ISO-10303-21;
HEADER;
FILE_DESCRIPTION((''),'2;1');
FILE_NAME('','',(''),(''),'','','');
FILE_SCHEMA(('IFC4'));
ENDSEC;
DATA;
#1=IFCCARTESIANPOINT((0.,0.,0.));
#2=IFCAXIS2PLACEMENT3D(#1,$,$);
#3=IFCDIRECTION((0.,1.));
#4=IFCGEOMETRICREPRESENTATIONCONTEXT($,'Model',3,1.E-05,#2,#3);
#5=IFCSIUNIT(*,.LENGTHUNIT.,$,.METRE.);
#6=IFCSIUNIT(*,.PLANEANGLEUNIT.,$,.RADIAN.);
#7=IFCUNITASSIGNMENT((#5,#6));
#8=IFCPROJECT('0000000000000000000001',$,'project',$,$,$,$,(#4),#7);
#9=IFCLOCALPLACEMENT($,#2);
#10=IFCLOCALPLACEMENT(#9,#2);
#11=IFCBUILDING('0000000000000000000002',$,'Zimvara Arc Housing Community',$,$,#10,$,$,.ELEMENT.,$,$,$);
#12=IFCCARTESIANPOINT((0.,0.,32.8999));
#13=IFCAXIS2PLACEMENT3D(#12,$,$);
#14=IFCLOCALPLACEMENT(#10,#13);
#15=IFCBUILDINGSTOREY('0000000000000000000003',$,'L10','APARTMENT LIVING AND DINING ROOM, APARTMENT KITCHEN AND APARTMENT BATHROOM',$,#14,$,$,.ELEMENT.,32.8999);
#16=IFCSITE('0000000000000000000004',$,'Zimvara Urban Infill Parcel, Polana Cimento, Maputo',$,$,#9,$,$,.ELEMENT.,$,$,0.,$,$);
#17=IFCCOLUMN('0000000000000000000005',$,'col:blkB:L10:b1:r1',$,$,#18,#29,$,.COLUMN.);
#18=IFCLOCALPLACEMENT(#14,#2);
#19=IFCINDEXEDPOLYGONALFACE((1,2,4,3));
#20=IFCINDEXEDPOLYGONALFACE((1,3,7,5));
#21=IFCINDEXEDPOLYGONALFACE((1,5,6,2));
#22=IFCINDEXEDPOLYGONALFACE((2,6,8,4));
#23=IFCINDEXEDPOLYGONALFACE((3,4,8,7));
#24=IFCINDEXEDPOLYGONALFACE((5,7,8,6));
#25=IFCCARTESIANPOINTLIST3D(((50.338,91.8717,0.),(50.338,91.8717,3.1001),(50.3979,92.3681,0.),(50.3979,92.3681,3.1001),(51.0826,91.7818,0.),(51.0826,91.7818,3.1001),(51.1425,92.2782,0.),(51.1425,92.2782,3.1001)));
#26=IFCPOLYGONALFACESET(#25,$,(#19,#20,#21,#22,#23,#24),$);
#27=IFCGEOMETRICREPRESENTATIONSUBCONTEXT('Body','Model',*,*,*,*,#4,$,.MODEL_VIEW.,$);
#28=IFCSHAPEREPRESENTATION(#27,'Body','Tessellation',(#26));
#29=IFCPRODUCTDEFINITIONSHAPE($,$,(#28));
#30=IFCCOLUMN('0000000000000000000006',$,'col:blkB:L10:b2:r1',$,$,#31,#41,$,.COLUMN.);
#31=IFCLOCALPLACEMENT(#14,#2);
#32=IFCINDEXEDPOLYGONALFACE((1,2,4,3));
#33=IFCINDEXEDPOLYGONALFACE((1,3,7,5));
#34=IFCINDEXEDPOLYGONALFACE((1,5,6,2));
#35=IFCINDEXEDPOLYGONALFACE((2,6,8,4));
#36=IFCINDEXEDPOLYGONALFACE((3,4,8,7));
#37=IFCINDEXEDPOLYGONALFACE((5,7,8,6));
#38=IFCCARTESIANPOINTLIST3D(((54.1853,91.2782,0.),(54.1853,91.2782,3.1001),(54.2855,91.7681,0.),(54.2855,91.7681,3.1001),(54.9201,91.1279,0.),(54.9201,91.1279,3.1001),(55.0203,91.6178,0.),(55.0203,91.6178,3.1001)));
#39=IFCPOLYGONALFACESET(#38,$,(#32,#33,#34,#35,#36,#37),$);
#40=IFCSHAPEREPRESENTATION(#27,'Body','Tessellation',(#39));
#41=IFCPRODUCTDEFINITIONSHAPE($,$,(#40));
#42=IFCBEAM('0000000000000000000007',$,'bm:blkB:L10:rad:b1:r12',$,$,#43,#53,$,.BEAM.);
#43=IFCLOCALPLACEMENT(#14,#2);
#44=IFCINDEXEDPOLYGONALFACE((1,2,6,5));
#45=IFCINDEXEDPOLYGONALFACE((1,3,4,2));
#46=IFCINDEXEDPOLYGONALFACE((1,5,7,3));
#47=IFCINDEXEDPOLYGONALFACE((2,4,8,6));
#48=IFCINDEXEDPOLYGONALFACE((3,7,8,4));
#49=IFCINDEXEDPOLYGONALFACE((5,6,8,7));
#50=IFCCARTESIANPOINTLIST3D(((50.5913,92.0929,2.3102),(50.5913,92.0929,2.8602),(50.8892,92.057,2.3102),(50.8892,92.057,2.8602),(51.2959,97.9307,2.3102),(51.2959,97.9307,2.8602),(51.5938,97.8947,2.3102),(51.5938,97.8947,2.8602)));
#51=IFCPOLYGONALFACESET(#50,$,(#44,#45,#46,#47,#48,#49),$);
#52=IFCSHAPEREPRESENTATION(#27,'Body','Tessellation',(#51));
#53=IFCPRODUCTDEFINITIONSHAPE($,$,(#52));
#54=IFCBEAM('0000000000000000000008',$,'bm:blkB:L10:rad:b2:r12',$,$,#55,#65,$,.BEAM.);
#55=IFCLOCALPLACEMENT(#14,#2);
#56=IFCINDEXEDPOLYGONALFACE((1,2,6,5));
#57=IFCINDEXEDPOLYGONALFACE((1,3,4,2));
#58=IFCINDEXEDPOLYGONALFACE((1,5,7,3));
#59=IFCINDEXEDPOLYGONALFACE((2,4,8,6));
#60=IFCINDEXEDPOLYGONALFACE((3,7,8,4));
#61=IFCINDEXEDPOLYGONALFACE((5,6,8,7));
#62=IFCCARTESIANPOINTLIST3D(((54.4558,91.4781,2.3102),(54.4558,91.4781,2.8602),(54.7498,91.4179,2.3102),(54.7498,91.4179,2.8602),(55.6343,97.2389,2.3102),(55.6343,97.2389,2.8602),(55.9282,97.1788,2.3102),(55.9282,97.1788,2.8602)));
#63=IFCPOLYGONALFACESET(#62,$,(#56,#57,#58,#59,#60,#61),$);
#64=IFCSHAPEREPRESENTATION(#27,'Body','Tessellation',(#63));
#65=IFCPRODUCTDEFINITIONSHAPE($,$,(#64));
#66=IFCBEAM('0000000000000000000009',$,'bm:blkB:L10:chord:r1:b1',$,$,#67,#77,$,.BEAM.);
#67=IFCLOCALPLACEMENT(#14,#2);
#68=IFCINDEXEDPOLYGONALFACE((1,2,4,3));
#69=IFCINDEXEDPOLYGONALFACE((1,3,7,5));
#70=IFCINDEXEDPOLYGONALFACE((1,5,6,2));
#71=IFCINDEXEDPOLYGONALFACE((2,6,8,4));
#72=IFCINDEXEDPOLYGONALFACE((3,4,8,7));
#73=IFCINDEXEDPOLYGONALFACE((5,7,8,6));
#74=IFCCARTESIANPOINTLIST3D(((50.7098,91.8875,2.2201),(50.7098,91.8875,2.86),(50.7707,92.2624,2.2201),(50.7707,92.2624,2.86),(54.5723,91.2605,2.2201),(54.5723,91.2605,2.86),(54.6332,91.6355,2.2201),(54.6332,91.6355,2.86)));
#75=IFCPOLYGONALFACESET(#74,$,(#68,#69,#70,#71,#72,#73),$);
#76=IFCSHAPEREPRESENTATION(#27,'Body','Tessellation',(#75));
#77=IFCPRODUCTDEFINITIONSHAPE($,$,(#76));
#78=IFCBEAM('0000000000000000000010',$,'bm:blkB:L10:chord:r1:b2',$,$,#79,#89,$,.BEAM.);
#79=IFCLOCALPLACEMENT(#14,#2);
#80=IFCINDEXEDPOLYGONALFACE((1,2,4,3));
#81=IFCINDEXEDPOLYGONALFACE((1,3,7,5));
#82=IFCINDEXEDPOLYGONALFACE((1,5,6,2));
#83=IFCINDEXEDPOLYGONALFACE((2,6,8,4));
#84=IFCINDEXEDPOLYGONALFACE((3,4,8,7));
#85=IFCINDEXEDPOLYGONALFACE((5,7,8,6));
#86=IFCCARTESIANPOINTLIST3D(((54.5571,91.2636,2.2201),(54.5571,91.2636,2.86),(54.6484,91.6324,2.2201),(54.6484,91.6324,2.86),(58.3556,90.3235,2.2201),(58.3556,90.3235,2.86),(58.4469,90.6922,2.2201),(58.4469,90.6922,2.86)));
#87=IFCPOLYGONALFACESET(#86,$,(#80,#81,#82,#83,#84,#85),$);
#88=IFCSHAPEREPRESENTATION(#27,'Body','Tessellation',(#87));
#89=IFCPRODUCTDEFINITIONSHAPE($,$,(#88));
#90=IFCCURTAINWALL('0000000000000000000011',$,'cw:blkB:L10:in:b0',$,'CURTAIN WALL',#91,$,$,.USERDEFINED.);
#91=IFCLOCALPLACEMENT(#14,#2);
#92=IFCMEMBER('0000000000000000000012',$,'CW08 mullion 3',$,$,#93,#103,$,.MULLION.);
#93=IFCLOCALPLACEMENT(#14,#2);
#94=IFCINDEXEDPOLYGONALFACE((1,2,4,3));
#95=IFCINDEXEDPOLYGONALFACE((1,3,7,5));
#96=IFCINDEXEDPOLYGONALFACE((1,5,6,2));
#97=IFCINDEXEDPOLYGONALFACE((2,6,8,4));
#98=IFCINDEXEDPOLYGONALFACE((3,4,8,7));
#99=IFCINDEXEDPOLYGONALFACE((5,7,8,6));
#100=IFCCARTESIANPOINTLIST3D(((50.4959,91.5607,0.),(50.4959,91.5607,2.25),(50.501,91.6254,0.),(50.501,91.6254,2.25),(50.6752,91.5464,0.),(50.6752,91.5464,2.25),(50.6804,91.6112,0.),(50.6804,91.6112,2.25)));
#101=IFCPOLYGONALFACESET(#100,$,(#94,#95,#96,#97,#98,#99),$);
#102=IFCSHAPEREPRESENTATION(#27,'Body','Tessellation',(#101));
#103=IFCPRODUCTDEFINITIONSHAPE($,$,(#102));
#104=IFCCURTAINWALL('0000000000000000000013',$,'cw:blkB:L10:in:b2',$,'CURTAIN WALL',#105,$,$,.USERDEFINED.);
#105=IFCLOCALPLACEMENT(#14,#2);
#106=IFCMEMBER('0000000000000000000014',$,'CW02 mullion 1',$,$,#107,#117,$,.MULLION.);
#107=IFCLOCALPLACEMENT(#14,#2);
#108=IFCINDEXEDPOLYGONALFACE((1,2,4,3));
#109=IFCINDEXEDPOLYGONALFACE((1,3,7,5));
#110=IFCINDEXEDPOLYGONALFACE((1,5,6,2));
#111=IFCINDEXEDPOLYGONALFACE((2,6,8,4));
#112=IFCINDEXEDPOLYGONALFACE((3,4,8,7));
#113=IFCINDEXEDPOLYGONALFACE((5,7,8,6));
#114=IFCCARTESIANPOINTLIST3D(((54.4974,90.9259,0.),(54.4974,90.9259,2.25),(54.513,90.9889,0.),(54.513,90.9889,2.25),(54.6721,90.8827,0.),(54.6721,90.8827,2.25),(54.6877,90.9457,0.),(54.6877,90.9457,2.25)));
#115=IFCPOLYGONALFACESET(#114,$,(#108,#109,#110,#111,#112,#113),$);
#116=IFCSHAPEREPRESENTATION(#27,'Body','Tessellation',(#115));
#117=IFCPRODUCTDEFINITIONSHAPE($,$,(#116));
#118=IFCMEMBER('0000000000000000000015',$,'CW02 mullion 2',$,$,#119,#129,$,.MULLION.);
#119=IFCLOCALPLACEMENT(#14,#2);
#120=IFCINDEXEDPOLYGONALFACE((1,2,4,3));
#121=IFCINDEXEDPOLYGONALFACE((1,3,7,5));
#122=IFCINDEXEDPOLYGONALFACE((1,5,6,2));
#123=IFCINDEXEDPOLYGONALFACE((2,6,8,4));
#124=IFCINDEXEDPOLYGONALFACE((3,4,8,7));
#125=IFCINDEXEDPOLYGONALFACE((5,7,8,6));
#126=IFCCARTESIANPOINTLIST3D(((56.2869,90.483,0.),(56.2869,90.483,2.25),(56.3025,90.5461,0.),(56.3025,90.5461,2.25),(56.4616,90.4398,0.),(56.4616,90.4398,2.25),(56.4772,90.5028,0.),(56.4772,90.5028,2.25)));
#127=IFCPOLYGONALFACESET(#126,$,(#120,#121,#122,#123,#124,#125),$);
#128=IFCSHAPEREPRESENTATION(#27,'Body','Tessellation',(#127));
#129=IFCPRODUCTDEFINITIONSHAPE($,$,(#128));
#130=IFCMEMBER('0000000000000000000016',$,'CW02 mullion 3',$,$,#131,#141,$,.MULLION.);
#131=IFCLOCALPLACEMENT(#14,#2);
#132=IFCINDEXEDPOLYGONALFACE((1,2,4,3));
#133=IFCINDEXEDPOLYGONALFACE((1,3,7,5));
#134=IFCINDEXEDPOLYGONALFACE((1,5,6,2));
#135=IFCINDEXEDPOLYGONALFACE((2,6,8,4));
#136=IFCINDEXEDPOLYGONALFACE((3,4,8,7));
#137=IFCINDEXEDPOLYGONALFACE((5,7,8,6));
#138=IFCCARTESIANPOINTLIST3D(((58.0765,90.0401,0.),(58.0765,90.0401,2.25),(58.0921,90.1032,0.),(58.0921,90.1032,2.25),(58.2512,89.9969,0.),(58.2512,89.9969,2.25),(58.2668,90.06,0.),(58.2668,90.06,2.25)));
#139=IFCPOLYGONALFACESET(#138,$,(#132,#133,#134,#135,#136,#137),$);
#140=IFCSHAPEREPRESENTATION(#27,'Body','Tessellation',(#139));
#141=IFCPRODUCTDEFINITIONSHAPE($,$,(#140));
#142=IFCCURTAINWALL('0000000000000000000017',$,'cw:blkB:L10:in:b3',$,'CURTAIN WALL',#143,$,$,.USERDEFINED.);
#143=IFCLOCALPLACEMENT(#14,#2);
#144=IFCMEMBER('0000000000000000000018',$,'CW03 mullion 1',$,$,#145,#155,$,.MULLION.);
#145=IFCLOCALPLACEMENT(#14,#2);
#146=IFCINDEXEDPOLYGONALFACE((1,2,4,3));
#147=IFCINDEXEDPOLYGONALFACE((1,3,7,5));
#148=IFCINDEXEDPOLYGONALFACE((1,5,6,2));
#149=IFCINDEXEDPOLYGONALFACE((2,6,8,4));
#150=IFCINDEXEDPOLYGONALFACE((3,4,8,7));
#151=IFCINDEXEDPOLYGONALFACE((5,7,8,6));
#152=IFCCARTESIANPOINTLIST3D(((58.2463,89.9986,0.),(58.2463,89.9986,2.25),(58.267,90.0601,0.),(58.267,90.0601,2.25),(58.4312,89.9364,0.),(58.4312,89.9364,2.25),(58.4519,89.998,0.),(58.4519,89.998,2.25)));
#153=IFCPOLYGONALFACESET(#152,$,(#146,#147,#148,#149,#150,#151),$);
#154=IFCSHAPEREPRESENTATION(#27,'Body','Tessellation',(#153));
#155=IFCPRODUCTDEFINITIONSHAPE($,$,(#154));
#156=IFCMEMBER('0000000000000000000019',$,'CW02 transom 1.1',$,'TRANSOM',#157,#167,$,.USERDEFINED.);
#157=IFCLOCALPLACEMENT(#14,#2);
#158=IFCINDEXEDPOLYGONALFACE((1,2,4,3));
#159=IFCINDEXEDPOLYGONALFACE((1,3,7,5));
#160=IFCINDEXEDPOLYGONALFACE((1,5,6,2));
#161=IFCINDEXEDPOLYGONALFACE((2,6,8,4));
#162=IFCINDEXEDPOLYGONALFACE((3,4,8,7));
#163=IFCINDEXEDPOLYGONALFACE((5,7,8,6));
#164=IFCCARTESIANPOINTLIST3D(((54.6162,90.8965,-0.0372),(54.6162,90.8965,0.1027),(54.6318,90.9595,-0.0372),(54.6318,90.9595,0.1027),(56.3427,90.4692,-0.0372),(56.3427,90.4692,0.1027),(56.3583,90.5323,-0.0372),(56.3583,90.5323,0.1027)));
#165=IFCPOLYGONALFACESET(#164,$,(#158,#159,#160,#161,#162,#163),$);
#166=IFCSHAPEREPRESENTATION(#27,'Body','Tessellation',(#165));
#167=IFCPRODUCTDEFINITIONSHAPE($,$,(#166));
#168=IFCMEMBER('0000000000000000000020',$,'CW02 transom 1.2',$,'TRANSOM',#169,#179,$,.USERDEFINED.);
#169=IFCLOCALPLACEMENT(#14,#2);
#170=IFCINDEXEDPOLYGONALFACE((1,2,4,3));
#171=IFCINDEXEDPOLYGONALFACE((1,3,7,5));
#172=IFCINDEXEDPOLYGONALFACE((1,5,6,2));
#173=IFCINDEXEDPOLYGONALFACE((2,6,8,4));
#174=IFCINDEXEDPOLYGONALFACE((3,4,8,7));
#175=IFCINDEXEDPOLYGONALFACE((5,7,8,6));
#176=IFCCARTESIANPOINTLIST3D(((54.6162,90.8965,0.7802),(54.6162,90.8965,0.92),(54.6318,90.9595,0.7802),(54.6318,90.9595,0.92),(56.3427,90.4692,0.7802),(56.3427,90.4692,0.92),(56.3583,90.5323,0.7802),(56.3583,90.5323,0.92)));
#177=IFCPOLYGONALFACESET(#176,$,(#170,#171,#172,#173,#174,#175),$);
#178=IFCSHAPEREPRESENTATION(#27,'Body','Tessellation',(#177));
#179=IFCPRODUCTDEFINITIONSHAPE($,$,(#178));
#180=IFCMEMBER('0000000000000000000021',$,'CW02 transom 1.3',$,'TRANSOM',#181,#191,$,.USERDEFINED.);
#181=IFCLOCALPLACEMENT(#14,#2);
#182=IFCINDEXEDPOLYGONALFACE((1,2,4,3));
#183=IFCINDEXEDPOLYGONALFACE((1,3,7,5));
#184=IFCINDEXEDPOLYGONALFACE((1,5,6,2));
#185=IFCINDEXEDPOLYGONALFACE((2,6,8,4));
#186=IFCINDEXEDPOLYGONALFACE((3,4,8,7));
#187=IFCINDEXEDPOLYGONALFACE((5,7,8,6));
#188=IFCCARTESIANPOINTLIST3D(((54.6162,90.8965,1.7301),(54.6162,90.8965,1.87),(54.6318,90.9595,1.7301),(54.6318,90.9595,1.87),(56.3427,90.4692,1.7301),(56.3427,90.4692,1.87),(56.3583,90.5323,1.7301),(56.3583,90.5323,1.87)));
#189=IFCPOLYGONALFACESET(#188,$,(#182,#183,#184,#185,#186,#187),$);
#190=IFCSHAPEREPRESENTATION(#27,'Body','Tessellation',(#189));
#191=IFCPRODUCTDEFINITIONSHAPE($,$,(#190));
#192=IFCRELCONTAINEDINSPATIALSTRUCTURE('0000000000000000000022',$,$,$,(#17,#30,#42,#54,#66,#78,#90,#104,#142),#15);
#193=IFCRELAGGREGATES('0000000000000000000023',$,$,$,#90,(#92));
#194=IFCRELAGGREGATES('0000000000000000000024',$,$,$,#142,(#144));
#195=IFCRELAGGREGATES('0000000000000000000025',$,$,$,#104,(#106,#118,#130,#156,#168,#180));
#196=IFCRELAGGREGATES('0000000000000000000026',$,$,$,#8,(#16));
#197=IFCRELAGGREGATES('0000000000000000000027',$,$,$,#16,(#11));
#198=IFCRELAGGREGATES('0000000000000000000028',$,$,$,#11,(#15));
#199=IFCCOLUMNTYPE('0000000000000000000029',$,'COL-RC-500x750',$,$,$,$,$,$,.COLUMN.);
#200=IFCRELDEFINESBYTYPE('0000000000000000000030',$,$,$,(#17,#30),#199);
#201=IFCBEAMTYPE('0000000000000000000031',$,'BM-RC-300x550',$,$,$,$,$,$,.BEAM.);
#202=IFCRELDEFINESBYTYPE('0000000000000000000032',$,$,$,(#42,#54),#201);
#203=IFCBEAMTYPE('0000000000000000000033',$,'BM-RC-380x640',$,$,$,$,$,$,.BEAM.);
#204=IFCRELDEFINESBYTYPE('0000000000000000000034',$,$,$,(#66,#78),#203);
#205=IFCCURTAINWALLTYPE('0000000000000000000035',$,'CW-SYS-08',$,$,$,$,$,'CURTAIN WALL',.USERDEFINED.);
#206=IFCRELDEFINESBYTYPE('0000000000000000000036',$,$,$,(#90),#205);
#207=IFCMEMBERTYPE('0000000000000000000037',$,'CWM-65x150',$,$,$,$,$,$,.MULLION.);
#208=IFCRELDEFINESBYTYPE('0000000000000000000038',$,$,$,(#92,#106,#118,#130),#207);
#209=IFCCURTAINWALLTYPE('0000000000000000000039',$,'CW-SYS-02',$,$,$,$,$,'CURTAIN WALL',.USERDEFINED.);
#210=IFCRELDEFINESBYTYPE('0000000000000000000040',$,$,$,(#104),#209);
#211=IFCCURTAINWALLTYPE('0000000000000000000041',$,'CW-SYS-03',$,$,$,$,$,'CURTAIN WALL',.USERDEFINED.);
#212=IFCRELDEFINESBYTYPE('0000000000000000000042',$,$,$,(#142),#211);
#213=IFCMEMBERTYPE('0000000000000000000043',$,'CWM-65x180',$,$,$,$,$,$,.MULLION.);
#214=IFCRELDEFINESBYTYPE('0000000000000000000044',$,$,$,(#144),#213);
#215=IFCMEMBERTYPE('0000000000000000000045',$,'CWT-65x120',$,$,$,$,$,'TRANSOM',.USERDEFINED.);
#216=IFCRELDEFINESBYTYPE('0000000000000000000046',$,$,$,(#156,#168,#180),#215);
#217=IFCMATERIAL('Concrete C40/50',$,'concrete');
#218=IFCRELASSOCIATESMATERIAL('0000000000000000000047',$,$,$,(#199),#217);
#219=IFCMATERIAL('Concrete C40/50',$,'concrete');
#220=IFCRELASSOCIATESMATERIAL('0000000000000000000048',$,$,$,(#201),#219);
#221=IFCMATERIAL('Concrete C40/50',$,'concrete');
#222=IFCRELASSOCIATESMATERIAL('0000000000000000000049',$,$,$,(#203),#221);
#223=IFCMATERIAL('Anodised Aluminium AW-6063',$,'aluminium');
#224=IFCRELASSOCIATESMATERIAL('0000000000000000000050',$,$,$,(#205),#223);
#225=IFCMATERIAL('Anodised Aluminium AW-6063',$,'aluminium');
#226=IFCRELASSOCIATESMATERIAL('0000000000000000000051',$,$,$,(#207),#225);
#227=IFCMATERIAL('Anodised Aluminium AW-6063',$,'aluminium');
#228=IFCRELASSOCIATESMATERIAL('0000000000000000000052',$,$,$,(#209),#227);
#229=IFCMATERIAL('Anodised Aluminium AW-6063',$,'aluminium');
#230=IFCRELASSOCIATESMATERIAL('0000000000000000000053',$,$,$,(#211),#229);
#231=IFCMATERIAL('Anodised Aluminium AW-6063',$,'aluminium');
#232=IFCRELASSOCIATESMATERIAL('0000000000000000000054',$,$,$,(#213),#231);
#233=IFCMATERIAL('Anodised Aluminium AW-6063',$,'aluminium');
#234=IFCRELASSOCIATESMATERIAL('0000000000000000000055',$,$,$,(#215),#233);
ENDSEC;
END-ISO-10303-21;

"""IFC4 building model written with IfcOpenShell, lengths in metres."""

from ifc_helpers import new_model, si_unit, direction, frame, origin, origin_2d, place, context, subcontext, project, spatial, rectangle, extrude, material, material_profile, profile_set, type_object, element, aggregate, save


model = new_model("IFC4")

# Units and contexts
model_context = context("Model", 3, precision=1e-05, world=origin(), true_north=direction((0.0, 1.0)))
body_context = subcontext(model_context, "Body", "Model", "MODEL_VIEW")
ifc_project = project(units=[si_unit("LENGTHUNIT", "METRE"), si_unit("PLANEANGLEUNIT", "RADIAN")], contexts=[model_context])

# Site, building, storey
site_placement = place(None, origin())
site = spatial("IfcSite", under=ifc_project, at=site_placement, Name="Zimvara Urban Infill Parcel, Polana Cimento, Maputo", CompositionType="ELEMENT", RefElevation=0.0)
building_placement = place(site_placement, origin())
building = spatial("IfcBuilding", under=site, at=building_placement, Name="Zimvara Arc Housing Community", CompositionType="ELEMENT")
storey_placement = place(building_placement, frame((0.0, 0.0, 32.8999)))
storey = spatial("IfcBuildingStorey", under=building, at=storey_placement, Name="L10", Description="APARTMENT LIVING AND DINING ROOM, APARTMENT KITCHEN AND APARTMENT BATHROOM", CompositionType="ELEMENT", Elevation=32.8999)

# Columns
ifc_material_1 = material(Name="Concrete C40/50", Category="concrete")
ifc_material_profile_1 = material_profile(ifc_material_1, rectangle(XDim=0.5, YDim=0.75, at=origin_2d()), Name="RC 500x750")
ifc_profile_set_1 = profile_set([ifc_material_profile_1], Name="Concrete C40/50")
column_type = type_object("IfcColumnType", Name="COL-RC-500x750", PredefinedType="COLUMN", material=ifc_profile_set_1)
for number, where, z_axis, x_axis, name in (
    (1, (50.7402, 92.075, 0.0), (0.0, 0.0, 1.0), (0.11979, 0.992799, 0.0), "col:blkB:L10:b1:r1"),
    (2, (54.6028, 91.448, 0.0), (0.0, 0.0, 1.0), (0.200394, 0.979715, 0.0), "col:blkB:L10:b2:r1"),
):
    element("IfcColumn", number, at=place(storey_placement, frame(where, z_axis=z_axis, x_axis=x_axis)), inside=storey, type_object=column_type, Name=name, PredefinedType="COLUMN", context=body_context, shape_type="SweptSolid", body=[
        extrude(rectangle(XDim=0.5, YDim=0.75, at=origin_2d()), origin(), (0.0, 0.0, 1.0), 3.1001),
    ])

# Beams
ifc_material_2 = material(Name="Concrete C40/50", Category="concrete")
ifc_material_profile_2 = material_profile(ifc_material_2, rectangle(XDim=0.3, YDim=0.55, at=origin_2d()), Name="RC 300x550")
ifc_profile_set_2 = profile_set([ifc_material_profile_2], Name="Concrete C40/50")
beam_type_1 = type_object("IfcBeamType", Name="BM-RC-300x550", PredefinedType="BEAM", material=ifc_profile_set_2)
for number, where, z_axis, x_axis, name in (
    (3, (50.7402, 92.075, 2.5852), (0.119828, 0.992795, 0.0), (-0.992795, 0.119828, 0.0), "bm:blkB:L10:rad:b1:r12"),
    (4, (54.6028, 91.448, 2.5852), (0.200418, 0.97971, 0.0), (-0.97971, 0.200418, 0.0), "bm:blkB:L10:rad:b2:r12"),
):
    element("IfcBeam", number, at=place(storey_placement, frame(where, z_axis=z_axis, x_axis=x_axis)), inside=storey, type_object=beam_type_1, Name=name, PredefinedType="BEAM", context=body_context, shape_type="SweptSolid", body=[
        extrude(rectangle(XDim=0.3, YDim=0.55, at=origin_2d()), origin(), (0.0, 0.0, 1.0), 5.8801),
    ])
ifc_material_3 = material(Name="Concrete C40/50", Category="concrete")
ifc_material_profile_3 = material_profile(ifc_material_3, rectangle(XDim=0.3799, YDim=0.6399, at=origin_2d()), Name="RC 380x640")
ifc_profile_set_3 = profile_set([ifc_material_profile_3], Name="Concrete C40/50")
beam_type_2 = type_object("IfcBeamType", Name="BM-RC-380x640", PredefinedType="BEAM", material=ifc_profile_set_3)
for number, where, z_axis, x_axis, name in (
    (5, (50.7402, 92.075, 2.54), (0.987081, -0.160219, 0.0), (0.160219, 0.987081, 0.0), "bm:blkB:L10:chord:r1:b1"),
    (6, (54.6028, 91.448, 2.54), (0.970709, -0.24026, 0.0), (0.24026, 0.970709, 0.0), "bm:blkB:L10:chord:r1:b2"),
):
    element("IfcBeam", number, at=place(storey_placement, frame(where, z_axis=z_axis, x_axis=x_axis)), inside=storey, type_object=beam_type_2, Name=name, PredefinedType="BEAM", context=body_context, shape_type="SweptSolid", body=[
        extrude(rectangle(XDim=0.3799, YDim=0.6399, at=origin_2d()), origin(), (0.0, 0.0, 1.0), 3.9131),
    ])

# Curtain wall, member
ifc_material_4 = material(Name="Anodised Aluminium AW-6063", Category="aluminium")
curtain_wall_type_1 = type_object("IfcCurtainWallType", Name="CW-SYS-08", ElementType="CURTAIN WALL", PredefinedType="USERDEFINED", material=ifc_material_4)
curtain_wall_1_placement = place(storey_placement, origin())
curtain_wall_1 = element("IfcCurtainWall", 7, at=curtain_wall_1_placement, inside=storey, type_object=curtain_wall_type_1, Name="cw:blkB:L10:in:b0", ObjectType="CURTAIN WALL", PredefinedType="USERDEFINED")
ifc_material_5 = material(Name="Anodised Aluminium AW-6063", Category="aluminium")
ifc_material_profile_4 = material_profile(ifc_material_5, rectangle(XDim=0.0649, YDim=0.1799, at=origin_2d()), Name="ALU 65x180")
ifc_profile_set_4 = profile_set([ifc_material_profile_4], Name="Anodised Aluminium AW-6063")
member_type_1 = type_object("IfcMemberType", Name="CWM-65x150", PredefinedType="MULLION", material=ifc_profile_set_4)
member_1_placement = place(storey_placement, frame((50.5881, 91.5859, 0.0), z_axis=(0.0, 0.0, 1.0), x_axis=(0.079155, 0.996862, 0.0)))
member_1 = element("IfcMember", 8, at=member_1_placement, type_object=member_type_1, Name="CW08 mullion 3", PredefinedType="MULLION", context=body_context, shape_type="SweptSolid", body=[
    extrude(rectangle(XDim=0.0649, YDim=0.1799, at=origin_2d()), origin(), (0.0, 0.0, 1.0), 2.25),
])
aggregate(curtain_wall_1, [member_1])

# Curtain wall, members
ifc_material_6 = material(Name="Anodised Aluminium AW-6063", Category="aluminium")
curtain_wall_type_2 = type_object("IfcCurtainWallType", Name="CW-SYS-02", ElementType="CURTAIN WALL", PredefinedType="USERDEFINED", material=ifc_material_6)
curtain_wall_2_placement = place(storey_placement, origin())
curtain_wall_2 = element("IfcCurtainWall", 9, at=curtain_wall_2_placement, inside=storey, type_object=curtain_wall_type_2, Name="cw:blkB:L10:in:b2", ObjectType="CURTAIN WALL", PredefinedType="USERDEFINED")
member_2_placement = place(storey_placement, frame((54.5925, 90.9358, 0.0), z_axis=(0.0, 0.0, 1.0), x_axis=(0.240229, 0.970716, 0.0)))
member_2 = element("IfcMember", 10, at=member_2_placement, type_object=member_type_1, Name="CW02 mullion 1", PredefinedType="MULLION", context=body_context, shape_type="SweptSolid", body=[
    extrude(rectangle(XDim=0.0649, YDim=0.1799, at=origin_2d()), origin(), (0.0, 0.0, 1.0), 2.25),
])
member_3_placement = place(storey_placement, frame((56.3821, 90.4929, 0.0), z_axis=(0.0, 0.0, 1.0), x_axis=(0.240229, 0.970716, 0.0)))
member_3 = element("IfcMember", 11, at=member_3_placement, type_object=member_type_1, Name="CW02 mullion 2", PredefinedType="MULLION", context=body_context, shape_type="SweptSolid", body=[
    extrude(rectangle(XDim=0.0649, YDim=0.1799, at=origin_2d()), origin(), (0.0, 0.0, 1.0), 2.25),
])
member_4_placement = place(storey_placement, frame((58.1716, 90.05, 0.0), z_axis=(0.0, 0.0, 1.0), x_axis=(0.240229, 0.970716, 0.0)))
member_4 = element("IfcMember", 12, at=member_4_placement, type_object=member_type_1, Name="CW02 mullion 3", PredefinedType="MULLION", context=body_context, shape_type="SweptSolid", body=[
    extrude(rectangle(XDim=0.0649, YDim=0.1799, at=origin_2d()), origin(), (0.0, 0.0, 1.0), 2.25),
])

# Curtain wall, member
ifc_material_7 = material(Name="Anodised Aluminium AW-6063", Category="aluminium")
curtain_wall_type_3 = type_object("IfcCurtainWallType", Name="CW-SYS-03", ElementType="CURTAIN WALL", PredefinedType="USERDEFINED", material=ifc_material_7)
curtain_wall_3_placement = place(storey_placement, origin())
curtain_wall_3 = element("IfcCurtainWall", 13, at=curtain_wall_3_placement, inside=storey, type_object=curtain_wall_type_3, Name="cw:blkB:L10:in:b3", ObjectType="CURTAIN WALL", PredefinedType="USERDEFINED")
ifc_material_8 = material(Name="Anodised Aluminium AW-6063", Category="aluminium")
ifc_material_profile_5 = material_profile(ifc_material_8, rectangle(XDim=0.0649, YDim=0.1951, at=origin_2d()), Name="ALU 65x195")
ifc_profile_set_5 = profile_set([ifc_material_profile_5], Name="Anodised Aluminium AW-6063")
member_type_2 = type_object("IfcMemberType", Name="CWM-65x180", PredefinedType="MULLION", material=ifc_profile_set_5)
member_5_placement = place(storey_placement, frame((58.3491, 89.9983, 0.0), z_axis=(0.0, 0.0, 1.0), x_axis=(0.318627, 0.94788, 0.0)))
member_5 = element("IfcMember", 14, at=member_5_placement, type_object=member_type_2, Name="CW03 mullion 1", PredefinedType="MULLION", context=body_context, shape_type="SweptSolid", body=[
    extrude(rectangle(XDim=0.0649, YDim=0.1951, at=origin_2d()), origin(), (0.0, 0.0, 1.0), 2.25),
])

# Members
ifc_material_9 = material(Name="Anodised Aluminium AW-6063", Category="aluminium")
ifc_material_profile_6 = material_profile(ifc_material_9, rectangle(XDim=0.0649, YDim=0.1399, at=origin_2d()), Name="ALU 65x140")
ifc_profile_set_6 = profile_set([ifc_material_profile_6], Name="Anodised Aluminium AW-6063")
member_type_3 = type_object("IfcMemberType", Name="CWT-65x120", ElementType="TRANSOM", PredefinedType="USERDEFINED", material=ifc_profile_set_6)
member_6_placement = place(storey_placement, frame((54.624, 90.928, 0.0327), z_axis=(0.970721, -0.24021, 0.0), x_axis=(0.24021, 0.970721, 0.0)))
member_6 = element("IfcMember", 15, at=member_6_placement, type_object=member_type_3, Name="CW02 transom 1.1", ObjectType="TRANSOM", PredefinedType="USERDEFINED", context=body_context, shape_type="SweptSolid", body=[
    extrude(rectangle(XDim=0.0649, YDim=0.1399, at=origin_2d()), origin(), (0.0, 0.0, 1.0), 1.7786),
])
member_7_placement = place(storey_placement, frame((54.624, 90.928, 0.8501), z_axis=(0.970721, -0.24021, 0.0), x_axis=(0.24021, 0.970721, 0.0)))
member_7 = element("IfcMember", 16, at=member_7_placement, type_object=member_type_3, Name="CW02 transom 1.2", ObjectType="TRANSOM", PredefinedType="USERDEFINED", context=body_context, shape_type="SweptSolid", body=[
    extrude(rectangle(XDim=0.0649, YDim=0.1399, at=origin_2d()), origin(), (0.0, 0.0, 1.0), 1.7786),
])
member_8_placement = place(storey_placement, frame((54.624, 90.928, 1.8), z_axis=(0.970721, -0.24021, 0.0), x_axis=(0.24021, 0.970721, 0.0)))
member_8 = element("IfcMember", 17, at=member_8_placement, type_object=member_type_3, Name="CW02 transom 1.3", ObjectType="TRANSOM", PredefinedType="USERDEFINED", context=body_context, shape_type="SweptSolid", body=[
    extrude(rectangle(XDim=0.0649, YDim=0.1399, at=origin_2d()), origin(), (0.0, 0.0, 1.0), 1.7786),
])
aggregate(curtain_wall_3, [member_5])

aggregate(curtain_wall_2, [member_2, member_3, member_4, member_6, member_7, member_8])

save(model, "model.ifc")
